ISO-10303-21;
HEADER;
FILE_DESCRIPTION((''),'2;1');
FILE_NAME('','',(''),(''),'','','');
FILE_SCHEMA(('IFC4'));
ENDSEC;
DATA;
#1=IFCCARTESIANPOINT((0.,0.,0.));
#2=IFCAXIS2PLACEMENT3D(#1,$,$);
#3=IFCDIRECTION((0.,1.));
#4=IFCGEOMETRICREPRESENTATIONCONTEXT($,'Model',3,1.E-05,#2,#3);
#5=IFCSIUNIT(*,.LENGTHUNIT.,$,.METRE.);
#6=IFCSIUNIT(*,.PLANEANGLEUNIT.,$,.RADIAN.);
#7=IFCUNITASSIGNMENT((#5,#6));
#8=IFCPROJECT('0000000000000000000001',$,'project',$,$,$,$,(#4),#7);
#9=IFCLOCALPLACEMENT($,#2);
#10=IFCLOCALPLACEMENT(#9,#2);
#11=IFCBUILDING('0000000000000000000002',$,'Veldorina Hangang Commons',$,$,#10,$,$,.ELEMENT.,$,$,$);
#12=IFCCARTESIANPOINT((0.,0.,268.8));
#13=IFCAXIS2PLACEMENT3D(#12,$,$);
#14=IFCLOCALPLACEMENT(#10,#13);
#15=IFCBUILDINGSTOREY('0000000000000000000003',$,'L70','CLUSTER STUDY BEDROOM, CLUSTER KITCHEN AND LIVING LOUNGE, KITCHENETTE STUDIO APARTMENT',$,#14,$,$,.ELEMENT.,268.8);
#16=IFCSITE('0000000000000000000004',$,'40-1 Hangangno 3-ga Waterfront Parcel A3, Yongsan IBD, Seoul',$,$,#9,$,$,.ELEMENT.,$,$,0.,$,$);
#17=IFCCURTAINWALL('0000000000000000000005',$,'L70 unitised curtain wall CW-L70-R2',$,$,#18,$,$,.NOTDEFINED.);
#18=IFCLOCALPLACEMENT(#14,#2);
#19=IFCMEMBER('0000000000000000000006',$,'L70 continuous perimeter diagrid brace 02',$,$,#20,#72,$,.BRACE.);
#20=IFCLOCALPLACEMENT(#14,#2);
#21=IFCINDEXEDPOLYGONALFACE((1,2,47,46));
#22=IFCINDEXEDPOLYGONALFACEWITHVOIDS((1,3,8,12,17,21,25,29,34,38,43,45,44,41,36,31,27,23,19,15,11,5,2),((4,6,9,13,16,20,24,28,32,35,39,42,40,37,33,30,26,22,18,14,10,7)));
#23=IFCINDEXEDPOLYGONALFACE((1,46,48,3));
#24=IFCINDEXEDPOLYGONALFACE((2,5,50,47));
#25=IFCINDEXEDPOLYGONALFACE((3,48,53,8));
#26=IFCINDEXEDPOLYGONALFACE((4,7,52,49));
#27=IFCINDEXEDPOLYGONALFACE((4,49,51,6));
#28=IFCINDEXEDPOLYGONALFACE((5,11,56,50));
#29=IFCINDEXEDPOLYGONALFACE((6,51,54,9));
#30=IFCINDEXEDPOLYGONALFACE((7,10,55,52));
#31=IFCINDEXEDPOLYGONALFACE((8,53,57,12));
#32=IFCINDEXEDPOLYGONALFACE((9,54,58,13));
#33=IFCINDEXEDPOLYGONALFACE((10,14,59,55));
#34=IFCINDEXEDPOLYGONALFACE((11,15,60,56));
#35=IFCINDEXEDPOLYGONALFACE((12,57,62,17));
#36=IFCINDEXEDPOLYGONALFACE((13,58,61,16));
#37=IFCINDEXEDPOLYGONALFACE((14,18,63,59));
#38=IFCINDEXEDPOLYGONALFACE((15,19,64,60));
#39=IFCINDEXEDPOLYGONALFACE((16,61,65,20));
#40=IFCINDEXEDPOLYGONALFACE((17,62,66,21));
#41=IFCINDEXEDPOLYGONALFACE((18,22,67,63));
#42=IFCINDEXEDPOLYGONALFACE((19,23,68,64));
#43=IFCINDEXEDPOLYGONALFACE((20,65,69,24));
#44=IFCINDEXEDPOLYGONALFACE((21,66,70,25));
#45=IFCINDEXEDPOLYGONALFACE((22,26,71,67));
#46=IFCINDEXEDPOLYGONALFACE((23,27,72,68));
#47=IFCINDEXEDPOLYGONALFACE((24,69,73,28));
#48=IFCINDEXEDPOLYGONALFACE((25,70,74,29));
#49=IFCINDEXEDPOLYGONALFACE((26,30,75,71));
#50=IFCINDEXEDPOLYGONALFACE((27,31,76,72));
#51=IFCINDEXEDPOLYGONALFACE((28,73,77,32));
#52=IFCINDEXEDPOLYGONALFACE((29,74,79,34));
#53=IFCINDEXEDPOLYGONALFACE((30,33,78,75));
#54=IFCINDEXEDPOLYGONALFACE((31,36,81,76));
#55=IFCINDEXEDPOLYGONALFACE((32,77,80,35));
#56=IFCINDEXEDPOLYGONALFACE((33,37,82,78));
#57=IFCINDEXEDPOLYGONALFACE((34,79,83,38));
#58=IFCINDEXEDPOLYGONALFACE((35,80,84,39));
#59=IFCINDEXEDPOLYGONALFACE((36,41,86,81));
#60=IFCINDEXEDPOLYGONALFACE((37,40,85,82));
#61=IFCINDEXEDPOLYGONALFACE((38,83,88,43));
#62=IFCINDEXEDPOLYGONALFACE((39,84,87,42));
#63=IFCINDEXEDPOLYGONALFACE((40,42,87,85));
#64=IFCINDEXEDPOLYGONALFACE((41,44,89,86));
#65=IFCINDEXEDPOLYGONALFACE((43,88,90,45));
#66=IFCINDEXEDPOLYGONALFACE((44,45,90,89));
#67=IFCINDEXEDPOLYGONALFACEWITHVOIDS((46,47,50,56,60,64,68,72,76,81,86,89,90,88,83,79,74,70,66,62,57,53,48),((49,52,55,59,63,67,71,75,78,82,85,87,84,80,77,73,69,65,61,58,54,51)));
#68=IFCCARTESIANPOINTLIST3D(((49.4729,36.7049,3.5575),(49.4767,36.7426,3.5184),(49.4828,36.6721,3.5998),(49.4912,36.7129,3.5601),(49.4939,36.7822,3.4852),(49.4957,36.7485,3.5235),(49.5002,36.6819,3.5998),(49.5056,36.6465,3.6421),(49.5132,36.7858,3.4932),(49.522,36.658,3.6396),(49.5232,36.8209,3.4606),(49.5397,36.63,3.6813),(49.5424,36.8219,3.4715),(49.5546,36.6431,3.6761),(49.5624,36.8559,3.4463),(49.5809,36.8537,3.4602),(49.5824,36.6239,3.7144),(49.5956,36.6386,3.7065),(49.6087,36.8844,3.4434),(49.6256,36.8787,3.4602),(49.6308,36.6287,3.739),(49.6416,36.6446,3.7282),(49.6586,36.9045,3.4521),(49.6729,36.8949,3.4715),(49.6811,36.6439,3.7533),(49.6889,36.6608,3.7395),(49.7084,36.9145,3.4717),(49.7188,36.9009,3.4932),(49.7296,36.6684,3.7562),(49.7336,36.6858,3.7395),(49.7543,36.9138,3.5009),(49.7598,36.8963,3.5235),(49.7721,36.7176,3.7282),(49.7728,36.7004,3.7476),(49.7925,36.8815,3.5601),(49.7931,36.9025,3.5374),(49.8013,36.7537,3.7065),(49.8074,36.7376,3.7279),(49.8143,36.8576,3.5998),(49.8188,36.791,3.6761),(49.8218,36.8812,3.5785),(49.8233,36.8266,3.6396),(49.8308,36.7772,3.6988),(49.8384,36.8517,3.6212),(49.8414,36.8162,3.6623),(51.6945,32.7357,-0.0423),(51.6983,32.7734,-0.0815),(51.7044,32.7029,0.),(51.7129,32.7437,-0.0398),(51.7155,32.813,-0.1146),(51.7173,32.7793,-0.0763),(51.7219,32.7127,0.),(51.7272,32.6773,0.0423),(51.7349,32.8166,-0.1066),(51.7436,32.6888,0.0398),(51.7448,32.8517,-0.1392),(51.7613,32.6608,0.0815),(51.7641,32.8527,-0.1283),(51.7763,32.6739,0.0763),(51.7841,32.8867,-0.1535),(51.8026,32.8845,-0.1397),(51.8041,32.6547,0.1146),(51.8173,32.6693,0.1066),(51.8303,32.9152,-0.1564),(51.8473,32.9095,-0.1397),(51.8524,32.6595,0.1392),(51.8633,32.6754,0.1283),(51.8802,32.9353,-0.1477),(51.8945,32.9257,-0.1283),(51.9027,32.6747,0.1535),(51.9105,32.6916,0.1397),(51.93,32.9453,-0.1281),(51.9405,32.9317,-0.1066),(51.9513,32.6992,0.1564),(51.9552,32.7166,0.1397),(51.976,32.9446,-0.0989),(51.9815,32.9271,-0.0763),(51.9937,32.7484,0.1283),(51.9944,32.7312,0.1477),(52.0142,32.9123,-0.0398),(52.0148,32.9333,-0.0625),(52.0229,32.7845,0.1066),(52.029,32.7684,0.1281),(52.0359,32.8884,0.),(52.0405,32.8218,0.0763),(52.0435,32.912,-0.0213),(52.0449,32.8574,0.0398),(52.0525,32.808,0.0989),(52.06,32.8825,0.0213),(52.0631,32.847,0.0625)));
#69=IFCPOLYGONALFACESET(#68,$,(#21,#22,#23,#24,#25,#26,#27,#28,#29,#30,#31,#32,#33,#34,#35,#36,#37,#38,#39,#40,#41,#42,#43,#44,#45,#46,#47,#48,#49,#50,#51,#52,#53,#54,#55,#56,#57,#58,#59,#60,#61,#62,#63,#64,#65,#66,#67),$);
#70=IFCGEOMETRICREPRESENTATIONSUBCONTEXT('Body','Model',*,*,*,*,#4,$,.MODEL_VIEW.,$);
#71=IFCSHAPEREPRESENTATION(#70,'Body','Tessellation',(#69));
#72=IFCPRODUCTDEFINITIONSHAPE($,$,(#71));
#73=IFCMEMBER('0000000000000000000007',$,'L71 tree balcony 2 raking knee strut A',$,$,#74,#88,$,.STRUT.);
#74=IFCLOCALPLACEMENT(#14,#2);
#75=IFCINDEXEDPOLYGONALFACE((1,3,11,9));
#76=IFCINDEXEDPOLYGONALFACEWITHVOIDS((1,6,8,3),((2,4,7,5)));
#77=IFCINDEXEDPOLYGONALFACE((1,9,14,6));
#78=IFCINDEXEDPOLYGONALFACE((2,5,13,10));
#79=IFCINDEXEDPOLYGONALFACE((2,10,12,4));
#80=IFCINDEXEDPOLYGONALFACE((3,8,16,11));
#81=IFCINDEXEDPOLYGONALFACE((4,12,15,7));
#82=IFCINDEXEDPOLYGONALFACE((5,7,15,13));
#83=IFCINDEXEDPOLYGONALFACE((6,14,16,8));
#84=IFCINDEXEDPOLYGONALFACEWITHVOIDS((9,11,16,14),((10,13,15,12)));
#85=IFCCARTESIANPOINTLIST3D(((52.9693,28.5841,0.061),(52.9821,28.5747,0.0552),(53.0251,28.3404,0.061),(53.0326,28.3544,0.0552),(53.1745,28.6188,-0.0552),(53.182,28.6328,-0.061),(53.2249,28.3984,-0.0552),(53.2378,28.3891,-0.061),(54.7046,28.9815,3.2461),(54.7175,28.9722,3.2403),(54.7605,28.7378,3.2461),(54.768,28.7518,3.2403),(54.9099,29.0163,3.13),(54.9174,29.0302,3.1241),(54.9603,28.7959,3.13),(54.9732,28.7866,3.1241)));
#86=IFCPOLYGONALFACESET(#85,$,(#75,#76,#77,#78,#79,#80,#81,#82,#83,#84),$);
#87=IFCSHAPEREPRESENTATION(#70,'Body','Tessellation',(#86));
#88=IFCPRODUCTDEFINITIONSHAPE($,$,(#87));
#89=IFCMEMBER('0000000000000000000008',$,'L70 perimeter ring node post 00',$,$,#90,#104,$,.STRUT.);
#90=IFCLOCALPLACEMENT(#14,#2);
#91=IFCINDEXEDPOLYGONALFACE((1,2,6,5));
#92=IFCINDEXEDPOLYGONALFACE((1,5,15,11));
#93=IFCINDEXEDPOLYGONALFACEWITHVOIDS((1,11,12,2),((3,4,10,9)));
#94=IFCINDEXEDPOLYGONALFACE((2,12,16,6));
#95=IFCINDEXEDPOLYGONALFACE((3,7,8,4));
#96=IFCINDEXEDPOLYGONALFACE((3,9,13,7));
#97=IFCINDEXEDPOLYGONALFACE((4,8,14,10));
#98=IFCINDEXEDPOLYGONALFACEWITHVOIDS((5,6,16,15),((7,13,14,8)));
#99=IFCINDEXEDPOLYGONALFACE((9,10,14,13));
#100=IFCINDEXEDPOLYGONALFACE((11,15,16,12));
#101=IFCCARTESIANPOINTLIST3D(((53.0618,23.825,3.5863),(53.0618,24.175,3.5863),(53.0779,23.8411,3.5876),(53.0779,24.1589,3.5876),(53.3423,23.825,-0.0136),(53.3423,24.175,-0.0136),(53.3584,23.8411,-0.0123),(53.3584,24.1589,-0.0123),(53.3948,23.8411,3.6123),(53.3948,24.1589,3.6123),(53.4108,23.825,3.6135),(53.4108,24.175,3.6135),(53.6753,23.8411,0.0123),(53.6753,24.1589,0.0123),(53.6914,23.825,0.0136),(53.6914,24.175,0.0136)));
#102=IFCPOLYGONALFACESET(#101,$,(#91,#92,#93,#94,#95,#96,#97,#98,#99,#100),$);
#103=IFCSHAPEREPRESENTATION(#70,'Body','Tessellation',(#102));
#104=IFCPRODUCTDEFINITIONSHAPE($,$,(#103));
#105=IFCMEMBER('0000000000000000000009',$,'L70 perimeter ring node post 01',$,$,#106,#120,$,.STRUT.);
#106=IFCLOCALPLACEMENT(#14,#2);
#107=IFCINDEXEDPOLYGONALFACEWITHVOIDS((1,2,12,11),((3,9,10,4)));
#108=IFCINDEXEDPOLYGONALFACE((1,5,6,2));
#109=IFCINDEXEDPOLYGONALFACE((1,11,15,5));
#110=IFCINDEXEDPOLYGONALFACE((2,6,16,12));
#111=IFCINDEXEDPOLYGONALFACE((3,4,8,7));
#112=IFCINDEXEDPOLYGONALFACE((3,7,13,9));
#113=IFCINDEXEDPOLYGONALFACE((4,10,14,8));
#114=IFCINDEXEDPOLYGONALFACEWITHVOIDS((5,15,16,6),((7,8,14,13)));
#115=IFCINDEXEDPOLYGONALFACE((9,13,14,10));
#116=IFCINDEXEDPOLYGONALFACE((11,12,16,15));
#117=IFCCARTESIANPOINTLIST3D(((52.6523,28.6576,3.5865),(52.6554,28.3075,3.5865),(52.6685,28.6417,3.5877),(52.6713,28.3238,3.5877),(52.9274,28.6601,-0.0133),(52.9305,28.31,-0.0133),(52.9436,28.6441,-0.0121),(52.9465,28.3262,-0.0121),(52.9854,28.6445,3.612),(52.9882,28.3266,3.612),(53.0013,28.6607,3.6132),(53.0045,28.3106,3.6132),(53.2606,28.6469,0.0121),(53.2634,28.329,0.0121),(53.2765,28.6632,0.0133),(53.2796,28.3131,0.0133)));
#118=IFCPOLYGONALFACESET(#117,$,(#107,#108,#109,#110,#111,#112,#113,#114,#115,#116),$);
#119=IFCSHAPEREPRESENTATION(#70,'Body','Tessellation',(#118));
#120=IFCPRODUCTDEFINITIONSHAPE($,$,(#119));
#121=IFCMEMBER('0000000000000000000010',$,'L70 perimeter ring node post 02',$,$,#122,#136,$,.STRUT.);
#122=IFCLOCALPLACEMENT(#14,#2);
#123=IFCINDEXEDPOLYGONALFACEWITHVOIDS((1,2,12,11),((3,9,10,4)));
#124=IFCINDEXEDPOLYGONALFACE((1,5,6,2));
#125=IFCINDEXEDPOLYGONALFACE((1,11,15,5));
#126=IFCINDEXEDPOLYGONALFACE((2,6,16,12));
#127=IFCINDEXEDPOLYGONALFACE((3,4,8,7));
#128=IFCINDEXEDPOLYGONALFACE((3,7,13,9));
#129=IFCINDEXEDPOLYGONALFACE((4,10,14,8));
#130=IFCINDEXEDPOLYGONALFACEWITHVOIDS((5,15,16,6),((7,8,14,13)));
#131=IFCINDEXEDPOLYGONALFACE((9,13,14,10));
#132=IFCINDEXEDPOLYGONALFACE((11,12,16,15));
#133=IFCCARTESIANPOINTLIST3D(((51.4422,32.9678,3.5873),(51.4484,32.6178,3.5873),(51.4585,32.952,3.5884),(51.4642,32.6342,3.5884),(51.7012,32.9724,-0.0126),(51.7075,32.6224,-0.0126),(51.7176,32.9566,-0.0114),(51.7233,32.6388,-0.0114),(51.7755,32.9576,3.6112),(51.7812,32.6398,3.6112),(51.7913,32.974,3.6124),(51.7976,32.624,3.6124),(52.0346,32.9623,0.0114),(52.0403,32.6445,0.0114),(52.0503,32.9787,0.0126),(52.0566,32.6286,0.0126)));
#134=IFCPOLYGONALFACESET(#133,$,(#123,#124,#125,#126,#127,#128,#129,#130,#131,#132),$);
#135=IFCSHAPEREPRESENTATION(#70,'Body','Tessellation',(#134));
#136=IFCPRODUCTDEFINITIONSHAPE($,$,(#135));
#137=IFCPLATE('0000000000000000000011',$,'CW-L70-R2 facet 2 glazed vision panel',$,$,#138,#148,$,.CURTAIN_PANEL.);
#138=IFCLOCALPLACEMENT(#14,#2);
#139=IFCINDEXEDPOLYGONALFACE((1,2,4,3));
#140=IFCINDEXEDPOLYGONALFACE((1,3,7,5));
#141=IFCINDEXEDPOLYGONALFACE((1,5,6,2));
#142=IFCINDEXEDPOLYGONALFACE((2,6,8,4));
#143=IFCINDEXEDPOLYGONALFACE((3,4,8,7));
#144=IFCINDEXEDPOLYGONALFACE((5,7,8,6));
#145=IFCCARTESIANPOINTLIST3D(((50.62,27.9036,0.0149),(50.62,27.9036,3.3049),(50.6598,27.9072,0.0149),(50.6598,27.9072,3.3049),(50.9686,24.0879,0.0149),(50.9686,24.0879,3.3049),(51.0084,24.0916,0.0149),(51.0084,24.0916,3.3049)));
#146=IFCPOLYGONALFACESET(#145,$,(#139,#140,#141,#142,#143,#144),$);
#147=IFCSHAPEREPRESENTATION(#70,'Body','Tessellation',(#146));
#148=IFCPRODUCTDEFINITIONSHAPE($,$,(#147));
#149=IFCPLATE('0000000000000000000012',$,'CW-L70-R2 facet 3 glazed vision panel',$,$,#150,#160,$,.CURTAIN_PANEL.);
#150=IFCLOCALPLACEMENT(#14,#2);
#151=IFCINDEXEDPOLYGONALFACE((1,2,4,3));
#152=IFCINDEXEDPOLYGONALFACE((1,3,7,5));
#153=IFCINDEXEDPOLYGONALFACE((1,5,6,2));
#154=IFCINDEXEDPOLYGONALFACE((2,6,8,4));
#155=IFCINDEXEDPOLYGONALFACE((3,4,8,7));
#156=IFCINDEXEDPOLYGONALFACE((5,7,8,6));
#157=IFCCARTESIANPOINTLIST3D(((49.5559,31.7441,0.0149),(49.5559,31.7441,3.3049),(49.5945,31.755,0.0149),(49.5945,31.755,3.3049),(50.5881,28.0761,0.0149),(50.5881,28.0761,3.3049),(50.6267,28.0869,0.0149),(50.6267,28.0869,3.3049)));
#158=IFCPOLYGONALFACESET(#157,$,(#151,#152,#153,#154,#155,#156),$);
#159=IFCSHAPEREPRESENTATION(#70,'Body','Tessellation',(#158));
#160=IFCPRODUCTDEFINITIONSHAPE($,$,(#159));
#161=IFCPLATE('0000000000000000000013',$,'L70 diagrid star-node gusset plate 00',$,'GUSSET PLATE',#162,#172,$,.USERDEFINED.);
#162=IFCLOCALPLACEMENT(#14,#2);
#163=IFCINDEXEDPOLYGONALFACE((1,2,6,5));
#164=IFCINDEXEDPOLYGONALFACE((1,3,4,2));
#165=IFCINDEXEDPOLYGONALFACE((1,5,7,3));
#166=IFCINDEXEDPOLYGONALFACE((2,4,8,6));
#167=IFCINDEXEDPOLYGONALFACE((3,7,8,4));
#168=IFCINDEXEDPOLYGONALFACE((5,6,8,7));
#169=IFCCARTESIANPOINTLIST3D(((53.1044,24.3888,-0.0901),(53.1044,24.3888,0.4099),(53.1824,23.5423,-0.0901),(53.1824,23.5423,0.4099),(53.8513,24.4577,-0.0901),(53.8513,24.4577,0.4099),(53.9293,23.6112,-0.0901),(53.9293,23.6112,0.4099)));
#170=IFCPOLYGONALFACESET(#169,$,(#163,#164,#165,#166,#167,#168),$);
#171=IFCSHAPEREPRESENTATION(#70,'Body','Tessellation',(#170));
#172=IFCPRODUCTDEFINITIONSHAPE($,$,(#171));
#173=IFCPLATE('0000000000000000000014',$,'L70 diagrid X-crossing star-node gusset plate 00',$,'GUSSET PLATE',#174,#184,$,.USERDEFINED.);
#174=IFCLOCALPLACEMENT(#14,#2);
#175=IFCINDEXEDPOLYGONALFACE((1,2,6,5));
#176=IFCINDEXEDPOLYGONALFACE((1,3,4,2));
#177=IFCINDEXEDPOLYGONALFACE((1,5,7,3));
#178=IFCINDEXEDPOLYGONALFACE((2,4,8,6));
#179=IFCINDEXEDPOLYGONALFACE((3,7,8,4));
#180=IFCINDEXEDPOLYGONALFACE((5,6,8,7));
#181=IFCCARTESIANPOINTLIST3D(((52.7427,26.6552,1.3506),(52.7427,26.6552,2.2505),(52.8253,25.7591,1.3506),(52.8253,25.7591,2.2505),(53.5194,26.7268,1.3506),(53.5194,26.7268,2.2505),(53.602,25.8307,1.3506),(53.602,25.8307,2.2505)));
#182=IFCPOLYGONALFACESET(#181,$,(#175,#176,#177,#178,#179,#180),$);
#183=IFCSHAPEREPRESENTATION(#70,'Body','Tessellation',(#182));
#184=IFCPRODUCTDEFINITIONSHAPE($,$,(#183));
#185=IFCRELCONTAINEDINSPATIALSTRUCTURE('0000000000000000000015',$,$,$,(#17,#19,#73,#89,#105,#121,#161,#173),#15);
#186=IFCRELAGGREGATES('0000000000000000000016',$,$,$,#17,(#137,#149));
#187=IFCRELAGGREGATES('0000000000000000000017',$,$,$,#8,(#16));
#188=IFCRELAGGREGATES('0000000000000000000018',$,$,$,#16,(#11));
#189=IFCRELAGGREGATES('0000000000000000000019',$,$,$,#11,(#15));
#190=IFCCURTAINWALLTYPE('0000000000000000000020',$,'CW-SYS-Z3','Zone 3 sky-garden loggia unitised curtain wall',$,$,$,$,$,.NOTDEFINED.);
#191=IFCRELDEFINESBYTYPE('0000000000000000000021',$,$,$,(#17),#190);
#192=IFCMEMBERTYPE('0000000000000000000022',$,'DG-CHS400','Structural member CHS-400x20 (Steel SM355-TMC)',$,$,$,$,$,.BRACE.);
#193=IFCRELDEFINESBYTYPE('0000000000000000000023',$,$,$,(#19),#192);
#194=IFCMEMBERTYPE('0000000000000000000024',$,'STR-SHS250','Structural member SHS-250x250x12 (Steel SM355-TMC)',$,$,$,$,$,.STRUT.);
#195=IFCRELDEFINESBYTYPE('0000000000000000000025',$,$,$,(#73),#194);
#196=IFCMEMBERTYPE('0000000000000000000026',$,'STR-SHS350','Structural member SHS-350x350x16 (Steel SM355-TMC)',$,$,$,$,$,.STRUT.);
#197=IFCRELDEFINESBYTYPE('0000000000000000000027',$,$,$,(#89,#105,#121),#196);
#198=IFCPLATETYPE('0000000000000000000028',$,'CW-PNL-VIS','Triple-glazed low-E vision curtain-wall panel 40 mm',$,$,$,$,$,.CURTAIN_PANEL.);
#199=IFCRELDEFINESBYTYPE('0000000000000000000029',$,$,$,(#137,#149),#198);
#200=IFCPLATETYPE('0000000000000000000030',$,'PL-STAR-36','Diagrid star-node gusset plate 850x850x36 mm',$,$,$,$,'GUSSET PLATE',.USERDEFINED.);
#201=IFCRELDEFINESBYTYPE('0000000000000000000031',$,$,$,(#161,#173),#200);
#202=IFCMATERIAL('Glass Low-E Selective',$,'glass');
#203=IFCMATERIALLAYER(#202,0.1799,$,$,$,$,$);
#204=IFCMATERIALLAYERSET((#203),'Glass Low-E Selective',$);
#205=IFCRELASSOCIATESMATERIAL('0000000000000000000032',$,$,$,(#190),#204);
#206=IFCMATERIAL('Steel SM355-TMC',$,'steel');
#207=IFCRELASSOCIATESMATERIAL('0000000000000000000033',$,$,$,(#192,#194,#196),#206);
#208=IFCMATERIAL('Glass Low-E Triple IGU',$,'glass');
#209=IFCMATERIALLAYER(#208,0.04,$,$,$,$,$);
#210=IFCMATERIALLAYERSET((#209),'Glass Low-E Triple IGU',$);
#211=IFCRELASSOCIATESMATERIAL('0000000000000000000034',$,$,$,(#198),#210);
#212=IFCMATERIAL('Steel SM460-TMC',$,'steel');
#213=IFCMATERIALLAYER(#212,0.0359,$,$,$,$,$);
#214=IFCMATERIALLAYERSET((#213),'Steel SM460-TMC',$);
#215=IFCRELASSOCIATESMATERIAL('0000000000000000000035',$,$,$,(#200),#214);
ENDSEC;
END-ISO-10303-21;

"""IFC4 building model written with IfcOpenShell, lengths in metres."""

from ifc_helpers import new_model, si_unit, direction, frame, origin, origin_2d, place, context, subcontext, project, spatial, rectangle, hollow_rectangle, hollow_circle, extrude, material, layer, layer_set, material_profile, profile_set, type_object, element, aggregate, save


model = new_model("IFC4")

# Units and contexts
model_context = context("Model", 3, precision=1e-05, world=origin(), true_north=direction((0.0, 1.0)))
body_context = subcontext(model_context, "Body", "Model", "MODEL_VIEW")
ifc_project = project(units=[si_unit("LENGTHUNIT", "METRE"), si_unit("PLANEANGLEUNIT", "RADIAN")], contexts=[model_context])

# Site, building, storey
site_placement = place(None, origin())
site = spatial("IfcSite", under=ifc_project, at=site_placement, Name="40-1 Hangangno 3-ga Waterfront Parcel A3, Yongsan IBD, Seoul", CompositionType="ELEMENT", RefElevation=0.0)
building_placement = place(site_placement, origin())
building = spatial("IfcBuilding", under=site, at=building_placement, Name="Veldorina Hangang Commons", CompositionType="ELEMENT")
storey_placement = place(building_placement, frame((0.0, 0.0, 268.8)))
storey = spatial("IfcBuildingStorey", under=building, at=storey_placement, Name="L70", Description="CLUSTER STUDY BEDROOM, CLUSTER KITCHEN AND LIVING LOUNGE, KITCHENETTE STUDIO APARTMENT", CompositionType="ELEMENT", Elevation=268.8)

# Shared definitions
ifc_material_1 = material(Name="Steel SM355-TMC", Category="steel")

# Curtain wall
ifc_material_2 = material(Name="Glass Low-E Selective", Category="glass")
ifc_layer_1 = layer(ifc_material_2, 0.1799)
ifc_layer_set_1 = layer_set([ifc_layer_1], Name="Glass Low-E Selective")
curtain_wall_type = type_object("IfcCurtainWallType", Name="CW-SYS-Z3", Description="Zone 3 sky-garden loggia unitised curtain wall", PredefinedType="NOTDEFINED", material=ifc_layer_set_1)
curtain_wall_placement = place(storey_placement, origin())
curtain_wall = element("IfcCurtainWall", 1, at=curtain_wall_placement, inside=storey, type_object=curtain_wall_type, Name="L70 unitised curtain wall CW-L70-R2", PredefinedType="NOTDEFINED")

# Members
ifc_material_profile_1 = material_profile(ifc_material_1, hollow_circle(Radius=0.2, WallThickness=0.02, at=origin_2d()), Name="CHS-400x20")
ifc_profile_set_1 = profile_set([ifc_material_profile_1], Name="Steel SM355-TMC")
member_type_1 = type_object("IfcMemberType", Name="DG-CHS400", Description="Structural member CHS-400x20 (Steel SM355-TMC)", PredefinedType="BRACE", material=ifc_profile_set_1)
member_1_placement = place(storey_placement, frame((51.8789, 32.8005, 0.0), z_axis=(-0.382993, 0.684253, 0.620575), x_axis=(-0.872609, -0.48842, 0.0)))
element("IfcMember", 2, at=member_1_placement, inside=storey, type_object=member_type_1, Name="L70 continuous perimeter diagrid brace 02", PredefinedType="BRACE", context=body_context, shape_type="SweptSolid", body=[
    extrude(hollow_circle(Radius=0.2, WallThickness=0.02, at=origin_2d()), origin(), (0.0, 0.0, 1.0), 5.8008),
])
ifc_material_profile_2 = material_profile(ifc_material_1, hollow_rectangle(XDim=0.25, YDim=0.25, WallThickness=0.012, at=origin_2d()), Name="SHS-250x250x12")
ifc_profile_set_2 = profile_set([ifc_material_profile_2], Name="Steel SM355-TMC")
member_type_2 = type_object("IfcMemberType", Name="STR-SHS250", Description="Structural member SHS-250x250x12 (Steel SM355-TMC)", PredefinedType="STRUT", material=ifc_profile_set_2)
member_2_placement = place(storey_placement, frame((53.1035, 28.4866, 0.0), z_axis=(0.47559, 0.108928, 0.872897), x_axis=(-0.223257, 0.97476, 0.0)))
element("IfcMember", 3, at=member_2_placement, inside=storey, type_object=member_type_2, Name="L71 tree balcony 2 raking knee strut A", PredefinedType="STRUT", context=body_context, shape_type="SweptSolid", body=[
    extrude(hollow_rectangle(XDim=0.25, YDim=0.25, WallThickness=0.012, at=origin_2d()), origin(), (0.0, 0.0, 1.0), 3.6489),
])
ifc_material_profile_3 = material_profile(ifc_material_1, hollow_rectangle(XDim=0.3501, YDim=0.3501, WallThickness=0.0161, at=origin_2d()), Name="SHS-350x350x16")
ifc_profile_set_3 = profile_set([ifc_material_profile_3], Name="Steel SM355-TMC")
member_type_3 = type_object("IfcMemberType", Name="STR-SHS350", Description="Structural member SHS-350x350x16 (Steel SM355-TMC)", PredefinedType="STRUT", material=ifc_profile_set_3)
member_3_placement = place(storey_placement, frame((53.5168, 24.0, 0.0), z_axis=(-0.077689, 0.0, 0.996978), x_axis=(0.0, -1.0, 0.0)))
element("IfcMember", 4, at=member_3_placement, inside=storey, type_object=member_type_3, Name="L70 perimeter ring node post 00", PredefinedType="STRUT", context=body_context, shape_type="SweptSolid", body=[
    extrude(hollow_rectangle(XDim=0.3501, YDim=0.3501, WallThickness=0.0161, at=origin_2d()), origin(), (0.0, 0.0, 1.0), 3.6108),
])
member_4_placement = place(storey_placement, frame((53.1035, 28.4866, 0.0), z_axis=(-0.07621, -0.000676, 0.997092), x_axis=(0.008873, -0.999961, 0.0)))
element("IfcMember", 5, at=member_4_placement, inside=storey, type_object=member_type_3, Name="L70 perimeter ring node post 01", PredefinedType="STRUT", context=body_context, shape_type="SweptSolid", body=[
    extrude(hollow_rectangle(XDim=0.3501, YDim=0.3501, WallThickness=0.0161, at=origin_2d()), origin(), (0.0, 0.0, 1.0), 3.6104),
])
member_5_placement = place(storey_placement, frame((51.8789, 32.8005, 0.0), z_axis=(-0.071771, -0.001285, 0.99742), x_axis=(0.017905, -0.99984, 0.0)))
element("IfcMember", 6, at=member_5_placement, inside=storey, type_object=member_type_3, Name="L70 perimeter ring node post 02", PredefinedType="STRUT", context=body_context, shape_type="SweptSolid", body=[
    extrude(hollow_rectangle(XDim=0.3501, YDim=0.3501, WallThickness=0.0161, at=origin_2d()), origin(), (0.0, 0.0, 1.0), 3.6091),
])

# Plates
ifc_material_3 = material(Name="Glass Low-E Triple IGU", Category="glass")
ifc_layer_2 = layer(ifc_material_3, 0.04)
ifc_layer_set_2 = layer_set([ifc_layer_2], Name="Glass Low-E Triple IGU")
plate_type_1 = type_object("IfcPlateType", Name="CW-PNL-VIS", Description="Triple-glazed low-E vision curtain-wall panel 40 mm", PredefinedType="CURTAIN_PANEL", material=ifc_layer_set_2)
plate_1_placement = place(storey_placement, frame((50.8142, 25.9976, 0.0149), z_axis=(0.0, 0.0, 1.0), x_axis=(-0.09098, 0.995853, 0.0)))
plate_1 = element("IfcPlate", 7, at=plate_1_placement, type_object=plate_type_1, Name="CW-L70-R2 facet 2 glazed vision panel", PredefinedType="CURTAIN_PANEL", context=body_context, shape_type="SweptSolid", body=[
    extrude(rectangle(XDim=3.8315, YDim=0.04, at=origin_2d()), origin(), (0.0, 0.0, 1.0), 3.29),
])
plate_2_placement = place(storey_placement, frame((50.0913, 29.9155, 0.0149), z_axis=(0.0, 0.0, 1.0), x_axis=(-0.270886, 0.962611, 0.0)))
plate_2 = element("IfcPlate", 8, at=plate_2_placement, type_object=plate_type_1, Name="CW-L70-R2 facet 3 glazed vision panel", PredefinedType="CURTAIN_PANEL", context=body_context, shape_type="SweptSolid", body=[
    extrude(rectangle(XDim=3.8105, YDim=0.04, at=origin_2d()), origin(), (0.0, 0.0, 1.0), 3.29),
])
aggregate(curtain_wall, [plate_1, plate_2])

# Plates
ifc_material_4 = material(Name="Steel SM460-TMC", Category="steel")
ifc_layer_3 = layer(ifc_material_4, 0.0359)
ifc_layer_set_3 = layer_set([ifc_layer_3], Name="Steel SM460-TMC")
plate_type_2 = type_object("IfcPlateType", Name="PL-STAR-36", Description="Diagrid star-node gusset plate 850x850x36 mm", ElementType="GUSSET PLATE", PredefinedType="USERDEFINED", material=ifc_layer_set_3)
plate_3_placement = place(storey_placement, frame((53.5168, 24.0, -0.0901), z_axis=(0.0, 0.0, 1.0), x_axis=(-0.091762, 0.995781, 0.0)))
element("IfcPlate", 9, at=plate_3_placement, inside=storey, type_object=plate_type_2, Name="L70 diagrid star-node gusset plate 00", ObjectType="GUSSET PLATE", PredefinedType="USERDEFINED", context=body_context, shape_type="SweptSolid", body=[
    extrude(rectangle(XDim=0.8501, YDim=0.75, at=origin_2d()), origin(), (0.0, 0.0, 1.0), 0.5),
])
plate_4_placement = place(storey_placement, frame((53.1724, 26.2429, 1.3506), z_axis=(0.0, 0.0, 1.0), x_axis=(-0.091762, 0.995781, 0.0)))
element("IfcPlate", 10, at=plate_4_placement, inside=storey, type_object=plate_type_2, Name="L70 diagrid X-crossing star-node gusset plate 00", ObjectType="GUSSET PLATE", PredefinedType="USERDEFINED", context=body_context, shape_type="SweptSolid", body=[
    extrude(rectangle(XDim=0.8999, YDim=0.78, at=origin_2d()), origin(), (0.0, 0.0, 1.0), 0.8999),
])

save(model, "model.ifc")
